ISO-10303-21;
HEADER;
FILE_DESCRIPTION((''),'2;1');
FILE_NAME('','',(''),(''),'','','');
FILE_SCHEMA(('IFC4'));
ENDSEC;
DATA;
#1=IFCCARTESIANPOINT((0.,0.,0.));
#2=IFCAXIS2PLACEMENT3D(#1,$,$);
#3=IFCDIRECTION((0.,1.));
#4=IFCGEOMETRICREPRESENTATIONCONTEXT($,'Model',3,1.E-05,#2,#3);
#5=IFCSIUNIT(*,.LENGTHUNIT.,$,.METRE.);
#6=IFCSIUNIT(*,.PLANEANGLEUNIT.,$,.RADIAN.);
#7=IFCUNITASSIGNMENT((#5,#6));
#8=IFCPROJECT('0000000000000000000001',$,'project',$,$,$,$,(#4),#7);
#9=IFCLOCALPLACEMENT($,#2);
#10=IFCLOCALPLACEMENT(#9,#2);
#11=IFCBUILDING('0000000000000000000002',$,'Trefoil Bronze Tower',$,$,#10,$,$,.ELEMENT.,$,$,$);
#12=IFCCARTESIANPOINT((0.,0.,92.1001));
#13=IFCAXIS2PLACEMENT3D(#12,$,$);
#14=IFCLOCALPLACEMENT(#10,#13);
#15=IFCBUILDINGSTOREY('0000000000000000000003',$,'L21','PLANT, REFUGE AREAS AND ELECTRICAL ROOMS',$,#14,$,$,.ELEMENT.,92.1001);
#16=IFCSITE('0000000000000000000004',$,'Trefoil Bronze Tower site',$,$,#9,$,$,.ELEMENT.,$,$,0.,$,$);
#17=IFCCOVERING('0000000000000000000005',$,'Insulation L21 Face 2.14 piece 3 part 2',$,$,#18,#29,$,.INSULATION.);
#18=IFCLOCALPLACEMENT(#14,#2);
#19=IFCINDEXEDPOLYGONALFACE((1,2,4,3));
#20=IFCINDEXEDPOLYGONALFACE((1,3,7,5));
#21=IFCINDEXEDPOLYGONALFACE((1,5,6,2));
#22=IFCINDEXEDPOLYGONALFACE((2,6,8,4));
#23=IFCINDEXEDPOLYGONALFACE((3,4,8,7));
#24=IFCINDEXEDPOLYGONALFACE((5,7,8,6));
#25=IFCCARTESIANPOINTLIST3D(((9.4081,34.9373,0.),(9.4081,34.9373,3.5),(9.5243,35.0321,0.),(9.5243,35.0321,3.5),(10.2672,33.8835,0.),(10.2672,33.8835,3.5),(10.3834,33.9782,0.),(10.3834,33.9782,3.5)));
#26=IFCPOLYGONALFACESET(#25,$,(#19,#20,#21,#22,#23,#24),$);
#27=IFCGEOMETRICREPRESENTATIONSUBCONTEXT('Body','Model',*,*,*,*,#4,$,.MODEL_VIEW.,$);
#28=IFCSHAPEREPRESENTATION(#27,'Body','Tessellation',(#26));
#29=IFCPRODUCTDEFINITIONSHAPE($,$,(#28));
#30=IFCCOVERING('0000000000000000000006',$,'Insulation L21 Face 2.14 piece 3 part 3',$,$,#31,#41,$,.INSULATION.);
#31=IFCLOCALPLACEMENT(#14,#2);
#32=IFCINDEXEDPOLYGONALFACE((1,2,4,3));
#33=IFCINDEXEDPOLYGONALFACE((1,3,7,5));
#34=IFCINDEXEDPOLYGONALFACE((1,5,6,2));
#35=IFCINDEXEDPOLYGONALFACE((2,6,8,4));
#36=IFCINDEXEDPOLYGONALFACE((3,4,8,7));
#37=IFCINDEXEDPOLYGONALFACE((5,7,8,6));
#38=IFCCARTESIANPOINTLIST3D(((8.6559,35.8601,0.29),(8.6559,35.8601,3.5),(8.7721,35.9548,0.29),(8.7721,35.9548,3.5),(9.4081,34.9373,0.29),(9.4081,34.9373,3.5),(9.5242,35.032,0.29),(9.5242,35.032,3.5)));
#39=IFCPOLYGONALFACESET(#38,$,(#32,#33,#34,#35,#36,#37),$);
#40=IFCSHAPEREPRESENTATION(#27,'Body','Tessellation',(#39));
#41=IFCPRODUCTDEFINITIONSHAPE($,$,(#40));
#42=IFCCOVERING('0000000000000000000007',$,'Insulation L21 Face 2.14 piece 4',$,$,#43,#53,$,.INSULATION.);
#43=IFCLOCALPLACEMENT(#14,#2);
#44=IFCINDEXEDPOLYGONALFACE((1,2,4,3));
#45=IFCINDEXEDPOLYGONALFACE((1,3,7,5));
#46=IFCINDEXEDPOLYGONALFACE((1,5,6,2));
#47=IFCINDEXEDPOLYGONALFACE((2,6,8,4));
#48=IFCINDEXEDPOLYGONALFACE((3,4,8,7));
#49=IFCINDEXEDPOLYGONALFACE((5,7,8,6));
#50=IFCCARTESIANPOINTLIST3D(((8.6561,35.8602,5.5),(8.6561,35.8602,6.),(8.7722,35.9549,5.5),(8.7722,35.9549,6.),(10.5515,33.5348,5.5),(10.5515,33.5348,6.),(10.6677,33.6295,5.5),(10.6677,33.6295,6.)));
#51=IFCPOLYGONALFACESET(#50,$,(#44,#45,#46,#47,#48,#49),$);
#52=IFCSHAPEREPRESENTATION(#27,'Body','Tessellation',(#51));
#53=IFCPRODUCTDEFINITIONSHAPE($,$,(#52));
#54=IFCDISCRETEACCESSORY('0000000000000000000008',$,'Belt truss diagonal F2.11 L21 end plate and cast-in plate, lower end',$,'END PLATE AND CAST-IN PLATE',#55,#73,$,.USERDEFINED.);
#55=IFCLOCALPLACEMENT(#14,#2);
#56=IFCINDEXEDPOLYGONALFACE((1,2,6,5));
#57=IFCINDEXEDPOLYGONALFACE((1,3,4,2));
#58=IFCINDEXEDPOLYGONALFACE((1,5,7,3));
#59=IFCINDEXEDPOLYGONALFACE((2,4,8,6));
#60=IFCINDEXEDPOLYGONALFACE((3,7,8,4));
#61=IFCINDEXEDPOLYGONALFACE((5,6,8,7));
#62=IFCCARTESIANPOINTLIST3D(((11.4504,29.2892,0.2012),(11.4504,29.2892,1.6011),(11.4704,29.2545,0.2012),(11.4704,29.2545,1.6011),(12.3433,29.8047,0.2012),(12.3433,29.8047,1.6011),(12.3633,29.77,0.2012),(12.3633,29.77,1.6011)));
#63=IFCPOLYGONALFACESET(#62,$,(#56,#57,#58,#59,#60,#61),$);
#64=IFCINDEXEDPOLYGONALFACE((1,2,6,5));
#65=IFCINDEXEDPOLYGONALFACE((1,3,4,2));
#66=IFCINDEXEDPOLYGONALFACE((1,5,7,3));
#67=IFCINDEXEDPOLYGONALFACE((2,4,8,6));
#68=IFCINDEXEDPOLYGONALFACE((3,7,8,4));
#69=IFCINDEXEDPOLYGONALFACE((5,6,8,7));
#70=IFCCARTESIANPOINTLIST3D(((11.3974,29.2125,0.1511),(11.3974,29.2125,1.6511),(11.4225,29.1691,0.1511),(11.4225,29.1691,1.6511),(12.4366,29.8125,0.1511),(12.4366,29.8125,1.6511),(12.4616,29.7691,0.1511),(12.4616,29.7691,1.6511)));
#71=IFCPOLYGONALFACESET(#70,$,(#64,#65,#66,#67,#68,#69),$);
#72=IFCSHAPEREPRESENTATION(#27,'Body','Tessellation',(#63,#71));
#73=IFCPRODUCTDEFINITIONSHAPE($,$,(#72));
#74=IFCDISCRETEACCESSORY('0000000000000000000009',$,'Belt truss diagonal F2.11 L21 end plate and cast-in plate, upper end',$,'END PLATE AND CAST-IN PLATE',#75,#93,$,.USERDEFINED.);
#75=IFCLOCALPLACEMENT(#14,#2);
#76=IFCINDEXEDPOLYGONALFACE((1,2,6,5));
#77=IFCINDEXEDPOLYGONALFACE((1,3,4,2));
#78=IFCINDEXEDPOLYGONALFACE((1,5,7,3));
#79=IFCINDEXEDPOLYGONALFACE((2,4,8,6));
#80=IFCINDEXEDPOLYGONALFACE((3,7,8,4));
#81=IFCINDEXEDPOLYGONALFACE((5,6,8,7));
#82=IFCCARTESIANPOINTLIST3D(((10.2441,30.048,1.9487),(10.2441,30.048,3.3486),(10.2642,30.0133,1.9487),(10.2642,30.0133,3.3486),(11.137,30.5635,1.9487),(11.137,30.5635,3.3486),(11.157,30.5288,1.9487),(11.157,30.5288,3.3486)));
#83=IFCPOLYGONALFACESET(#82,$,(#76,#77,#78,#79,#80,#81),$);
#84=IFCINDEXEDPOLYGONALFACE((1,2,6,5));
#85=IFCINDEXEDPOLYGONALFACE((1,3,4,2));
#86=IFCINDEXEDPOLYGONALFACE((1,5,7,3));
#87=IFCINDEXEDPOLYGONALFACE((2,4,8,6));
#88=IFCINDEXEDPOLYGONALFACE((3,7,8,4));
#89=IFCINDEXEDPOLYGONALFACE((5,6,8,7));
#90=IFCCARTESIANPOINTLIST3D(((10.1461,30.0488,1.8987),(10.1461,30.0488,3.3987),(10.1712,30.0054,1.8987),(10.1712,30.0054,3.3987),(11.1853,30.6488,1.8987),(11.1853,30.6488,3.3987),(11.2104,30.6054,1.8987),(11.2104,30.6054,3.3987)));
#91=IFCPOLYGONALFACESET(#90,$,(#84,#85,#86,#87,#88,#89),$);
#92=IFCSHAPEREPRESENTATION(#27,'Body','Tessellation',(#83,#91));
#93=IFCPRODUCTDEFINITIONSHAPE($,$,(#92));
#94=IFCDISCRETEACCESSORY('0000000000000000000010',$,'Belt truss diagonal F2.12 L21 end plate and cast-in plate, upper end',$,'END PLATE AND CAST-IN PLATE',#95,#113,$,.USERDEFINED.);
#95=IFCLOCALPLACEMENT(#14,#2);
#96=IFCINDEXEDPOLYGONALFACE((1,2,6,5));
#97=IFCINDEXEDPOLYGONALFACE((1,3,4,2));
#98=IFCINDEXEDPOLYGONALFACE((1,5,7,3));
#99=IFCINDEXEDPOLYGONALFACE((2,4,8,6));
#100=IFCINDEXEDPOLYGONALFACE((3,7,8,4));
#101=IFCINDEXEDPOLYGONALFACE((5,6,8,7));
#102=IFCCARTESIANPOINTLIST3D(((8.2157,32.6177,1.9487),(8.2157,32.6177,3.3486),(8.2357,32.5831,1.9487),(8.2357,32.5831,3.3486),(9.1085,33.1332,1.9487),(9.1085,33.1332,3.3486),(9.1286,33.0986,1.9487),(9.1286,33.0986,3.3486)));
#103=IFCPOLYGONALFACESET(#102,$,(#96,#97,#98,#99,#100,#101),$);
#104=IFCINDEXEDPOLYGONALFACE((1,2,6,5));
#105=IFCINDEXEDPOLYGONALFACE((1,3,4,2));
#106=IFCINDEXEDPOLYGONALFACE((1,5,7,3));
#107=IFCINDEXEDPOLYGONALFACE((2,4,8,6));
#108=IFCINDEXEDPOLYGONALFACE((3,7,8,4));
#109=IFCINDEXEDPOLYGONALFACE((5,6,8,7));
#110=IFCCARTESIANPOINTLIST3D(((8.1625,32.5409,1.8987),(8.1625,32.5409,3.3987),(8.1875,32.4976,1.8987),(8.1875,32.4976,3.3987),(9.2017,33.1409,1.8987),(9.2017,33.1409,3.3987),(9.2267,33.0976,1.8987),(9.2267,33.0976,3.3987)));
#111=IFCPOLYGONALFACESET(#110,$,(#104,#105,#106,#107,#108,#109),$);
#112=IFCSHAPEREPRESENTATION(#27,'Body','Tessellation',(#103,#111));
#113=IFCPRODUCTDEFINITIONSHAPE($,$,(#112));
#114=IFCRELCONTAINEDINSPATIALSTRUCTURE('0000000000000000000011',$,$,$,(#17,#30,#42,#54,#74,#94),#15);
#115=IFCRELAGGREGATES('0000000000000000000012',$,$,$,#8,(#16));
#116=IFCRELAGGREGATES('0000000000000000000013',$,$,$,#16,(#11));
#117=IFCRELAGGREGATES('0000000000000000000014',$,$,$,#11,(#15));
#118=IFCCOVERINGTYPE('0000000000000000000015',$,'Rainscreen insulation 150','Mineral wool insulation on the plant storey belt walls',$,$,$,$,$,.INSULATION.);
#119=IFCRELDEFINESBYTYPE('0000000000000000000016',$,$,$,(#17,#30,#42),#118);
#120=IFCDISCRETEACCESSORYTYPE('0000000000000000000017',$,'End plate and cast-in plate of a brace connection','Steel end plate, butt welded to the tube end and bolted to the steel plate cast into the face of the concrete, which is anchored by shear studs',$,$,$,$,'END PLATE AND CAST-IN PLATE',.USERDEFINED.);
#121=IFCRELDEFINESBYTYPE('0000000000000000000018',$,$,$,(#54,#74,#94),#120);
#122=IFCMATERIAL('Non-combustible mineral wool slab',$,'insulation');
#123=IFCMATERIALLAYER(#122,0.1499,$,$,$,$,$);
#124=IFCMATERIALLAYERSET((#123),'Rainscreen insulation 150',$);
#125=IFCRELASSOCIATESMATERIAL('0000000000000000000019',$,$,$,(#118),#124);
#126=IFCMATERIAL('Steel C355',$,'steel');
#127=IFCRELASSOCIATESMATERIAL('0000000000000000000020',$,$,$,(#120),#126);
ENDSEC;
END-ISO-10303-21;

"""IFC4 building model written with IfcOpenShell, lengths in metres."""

from ifc_helpers import new_model, si_unit, direction, frame, origin, origin_2d, place, context, subcontext, project, spatial, rectangle, extrude, material, layer, layer_set, type_object, element, save


model = new_model("IFC4")

# Units and contexts
model_context = context("Model", 3, precision=1e-05, world=origin(), true_north=direction((0.0, 1.0)))
body_context = subcontext(model_context, "Body", "Model", "MODEL_VIEW")
ifc_project = project(units=[si_unit("LENGTHUNIT", "METRE"), si_unit("PLANEANGLEUNIT", "RADIAN")], contexts=[model_context])

# Site, building, storey
site_placement = place(None, origin())
site = spatial("IfcSite", under=ifc_project, at=site_placement, Name="Trefoil Bronze Tower site", CompositionType="ELEMENT", RefElevation=0.0)
building_placement = place(site_placement, origin())
building = spatial("IfcBuilding", under=site, at=building_placement, Name="Trefoil Bronze Tower", CompositionType="ELEMENT")
storey_placement = place(building_placement, frame((0.0, 0.0, 92.1001)))
storey = spatial("IfcBuildingStorey", under=building, at=storey_placement, Name="L21", Description="PLANT, REFUGE AREAS AND ELECTRICAL ROOMS", CompositionType="ELEMENT", Elevation=92.1001)

# Coverings
ifc_material_1 = material(Name="Non-combustible mineral wool slab", Category="insulation")
ifc_layer_1 = layer(ifc_material_1, 0.1499)
ifc_layer_set_1 = layer_set([ifc_layer_1], Name="Rainscreen insulation 150")
covering_type_1 = type_object("IfcCoveringType", Name="Rainscreen insulation 150", Description="Mineral wool insulation on the plant storey belt walls", PredefinedType="INSULATION", material=ifc_layer_set_1)
covering_1_placement = place(storey_placement, frame((9.8958, 34.4578, 0.0), z_axis=(0.0, 0.0, 1.0), x_axis=(-0.631811, 0.775123, 0.0)))
element("IfcCovering", 1, at=covering_1_placement, inside=storey, type_object=covering_type_1, Name="Insulation L21 Face 2.14 piece 3 part 2", PredefinedType="INSULATION", context=body_context, shape_type="SweptSolid", body=[
    extrude(rectangle(XDim=1.3596, YDim=0.1499, at=origin_2d()), origin(), (0.0, 0.0, 1.0), 3.5),
])
covering_2_placement = place(storey_placement, frame((9.0901, 35.446, 0.29), z_axis=(0.0, 0.0, 1.0), x_axis=(-0.631811, 0.775123, 0.0)))
element("IfcCovering", 2, at=covering_2_placement, inside=storey, type_object=covering_type_1, Name="Insulation L21 Face 2.14 piece 3 part 3", PredefinedType="INSULATION", context=body_context, shape_type="SweptSolid", body=[
    extrude(rectangle(XDim=1.1904, YDim=0.1499, at=origin_2d()), origin(), (0.0, 0.0, 1.0), 3.21),
])
covering_3_placement = place(storey_placement, frame((9.6619, 34.7449, 5.5), z_axis=(0.0, 0.0, 1.0), x_axis=(-0.631811, 0.775123, 0.0)))
element("IfcCovering", 3, at=covering_3_placement, inside=storey, type_object=covering_type_1, Name="Insulation L21 Face 2.14 piece 4", PredefinedType="INSULATION", context=body_context, shape_type="SweptSolid", body=[
    extrude(rectangle(XDim=3.0, YDim=0.1499, at=origin_2d()), origin(), (0.0, 0.0, 1.0), 0.5),
])

# Discrete accessories
ifc_material_2 = material(Name="Steel C355", Category="steel")
discrete_accessory_type = type_object("IfcDiscreteAccessoryType", Name="End plate and cast-in plate of a brace connection", Description="Steel end plate, butt welded to the tube end and bolted to the steel plate cast into the face of the concrete, which is anchored by shear studs", ElementType="END PLATE AND CAST-IN PLATE", PredefinedType="USERDEFINED", material=ifc_material_2)
discrete_accessory_1_placement = place(storey_placement, frame((11.9167, 29.5125, 0.9011), z_axis=(0.0, 0.0, 1.0), x_axis=(-0.5, 0.866025, 0.0)))
element("IfcDiscreteAccessory", 4, at=discrete_accessory_1_placement, inside=storey, type_object=discrete_accessory_type, Name="Belt truss diagonal F2.11 L21 end plate and cast-in plate, lower end", ObjectType="END PLATE AND CAST-IN PLATE", PredefinedType="USERDEFINED", context=body_context, shape_type="SweptSolid", body=[
    extrude(rectangle(XDim=0.04, YDim=1.031, at=origin_2d()), frame((0.0198, 0.0, -0.7)), (0.0, 0.0, 1.0), 1.3999),
    extrude(rectangle(XDim=0.05, YDim=1.2, at=origin_2d()), frame((-0.0251, -0.0002, -0.75)), (0.0, 0.0, 1.0), 1.5),
])
discrete_accessory_2_placement = place(storey_placement, frame((10.6909, 30.3057, 2.6487), z_axis=(0.0, 0.0, 1.0), x_axis=(0.5, -0.866025, 0.0)))
element("IfcDiscreteAccessory", 5, at=discrete_accessory_2_placement, inside=storey, type_object=discrete_accessory_type, Name="Belt truss diagonal F2.11 L21 end plate and cast-in plate, upper end", ObjectType="END PLATE AND CAST-IN PLATE", PredefinedType="USERDEFINED", context=body_context, shape_type="SweptSolid", body=[
    extrude(rectangle(XDim=0.04, YDim=1.031, at=origin_2d()), frame((0.0198, -0.0002, -0.7)), (0.0, 0.0, 1.0), 1.3999),
    extrude(rectangle(XDim=0.05, YDim=1.2, at=origin_2d()), frame((-0.0249, -0.0002, -0.75)), (0.0, 0.0, 1.0), 1.5),
])
discrete_accessory_3_placement = place(storey_placement, frame((8.6821, 32.8408, 2.6487), z_axis=(0.0, 0.0, 1.0), x_axis=(-0.5, 0.866025, 0.0)))
element("IfcDiscreteAccessory", 6, at=discrete_accessory_3_placement, inside=storey, type_object=discrete_accessory_type, Name="Belt truss diagonal F2.12 L21 end plate and cast-in plate, upper end", ObjectType="END PLATE AND CAST-IN PLATE", PredefinedType="USERDEFINED", context=body_context, shape_type="SweptSolid", body=[
    extrude(rectangle(XDim=0.04, YDim=1.031, at=origin_2d()), frame((0.02, 0.0, -0.7)), (0.0, 0.0, 1.0), 1.3999),
    extrude(rectangle(XDim=0.05, YDim=1.2, at=origin_2d()), frame((-0.0249, 0.0, -0.75)), (0.0, 0.0, 1.0), 1.5),
])

save(model, "model.ifc")
